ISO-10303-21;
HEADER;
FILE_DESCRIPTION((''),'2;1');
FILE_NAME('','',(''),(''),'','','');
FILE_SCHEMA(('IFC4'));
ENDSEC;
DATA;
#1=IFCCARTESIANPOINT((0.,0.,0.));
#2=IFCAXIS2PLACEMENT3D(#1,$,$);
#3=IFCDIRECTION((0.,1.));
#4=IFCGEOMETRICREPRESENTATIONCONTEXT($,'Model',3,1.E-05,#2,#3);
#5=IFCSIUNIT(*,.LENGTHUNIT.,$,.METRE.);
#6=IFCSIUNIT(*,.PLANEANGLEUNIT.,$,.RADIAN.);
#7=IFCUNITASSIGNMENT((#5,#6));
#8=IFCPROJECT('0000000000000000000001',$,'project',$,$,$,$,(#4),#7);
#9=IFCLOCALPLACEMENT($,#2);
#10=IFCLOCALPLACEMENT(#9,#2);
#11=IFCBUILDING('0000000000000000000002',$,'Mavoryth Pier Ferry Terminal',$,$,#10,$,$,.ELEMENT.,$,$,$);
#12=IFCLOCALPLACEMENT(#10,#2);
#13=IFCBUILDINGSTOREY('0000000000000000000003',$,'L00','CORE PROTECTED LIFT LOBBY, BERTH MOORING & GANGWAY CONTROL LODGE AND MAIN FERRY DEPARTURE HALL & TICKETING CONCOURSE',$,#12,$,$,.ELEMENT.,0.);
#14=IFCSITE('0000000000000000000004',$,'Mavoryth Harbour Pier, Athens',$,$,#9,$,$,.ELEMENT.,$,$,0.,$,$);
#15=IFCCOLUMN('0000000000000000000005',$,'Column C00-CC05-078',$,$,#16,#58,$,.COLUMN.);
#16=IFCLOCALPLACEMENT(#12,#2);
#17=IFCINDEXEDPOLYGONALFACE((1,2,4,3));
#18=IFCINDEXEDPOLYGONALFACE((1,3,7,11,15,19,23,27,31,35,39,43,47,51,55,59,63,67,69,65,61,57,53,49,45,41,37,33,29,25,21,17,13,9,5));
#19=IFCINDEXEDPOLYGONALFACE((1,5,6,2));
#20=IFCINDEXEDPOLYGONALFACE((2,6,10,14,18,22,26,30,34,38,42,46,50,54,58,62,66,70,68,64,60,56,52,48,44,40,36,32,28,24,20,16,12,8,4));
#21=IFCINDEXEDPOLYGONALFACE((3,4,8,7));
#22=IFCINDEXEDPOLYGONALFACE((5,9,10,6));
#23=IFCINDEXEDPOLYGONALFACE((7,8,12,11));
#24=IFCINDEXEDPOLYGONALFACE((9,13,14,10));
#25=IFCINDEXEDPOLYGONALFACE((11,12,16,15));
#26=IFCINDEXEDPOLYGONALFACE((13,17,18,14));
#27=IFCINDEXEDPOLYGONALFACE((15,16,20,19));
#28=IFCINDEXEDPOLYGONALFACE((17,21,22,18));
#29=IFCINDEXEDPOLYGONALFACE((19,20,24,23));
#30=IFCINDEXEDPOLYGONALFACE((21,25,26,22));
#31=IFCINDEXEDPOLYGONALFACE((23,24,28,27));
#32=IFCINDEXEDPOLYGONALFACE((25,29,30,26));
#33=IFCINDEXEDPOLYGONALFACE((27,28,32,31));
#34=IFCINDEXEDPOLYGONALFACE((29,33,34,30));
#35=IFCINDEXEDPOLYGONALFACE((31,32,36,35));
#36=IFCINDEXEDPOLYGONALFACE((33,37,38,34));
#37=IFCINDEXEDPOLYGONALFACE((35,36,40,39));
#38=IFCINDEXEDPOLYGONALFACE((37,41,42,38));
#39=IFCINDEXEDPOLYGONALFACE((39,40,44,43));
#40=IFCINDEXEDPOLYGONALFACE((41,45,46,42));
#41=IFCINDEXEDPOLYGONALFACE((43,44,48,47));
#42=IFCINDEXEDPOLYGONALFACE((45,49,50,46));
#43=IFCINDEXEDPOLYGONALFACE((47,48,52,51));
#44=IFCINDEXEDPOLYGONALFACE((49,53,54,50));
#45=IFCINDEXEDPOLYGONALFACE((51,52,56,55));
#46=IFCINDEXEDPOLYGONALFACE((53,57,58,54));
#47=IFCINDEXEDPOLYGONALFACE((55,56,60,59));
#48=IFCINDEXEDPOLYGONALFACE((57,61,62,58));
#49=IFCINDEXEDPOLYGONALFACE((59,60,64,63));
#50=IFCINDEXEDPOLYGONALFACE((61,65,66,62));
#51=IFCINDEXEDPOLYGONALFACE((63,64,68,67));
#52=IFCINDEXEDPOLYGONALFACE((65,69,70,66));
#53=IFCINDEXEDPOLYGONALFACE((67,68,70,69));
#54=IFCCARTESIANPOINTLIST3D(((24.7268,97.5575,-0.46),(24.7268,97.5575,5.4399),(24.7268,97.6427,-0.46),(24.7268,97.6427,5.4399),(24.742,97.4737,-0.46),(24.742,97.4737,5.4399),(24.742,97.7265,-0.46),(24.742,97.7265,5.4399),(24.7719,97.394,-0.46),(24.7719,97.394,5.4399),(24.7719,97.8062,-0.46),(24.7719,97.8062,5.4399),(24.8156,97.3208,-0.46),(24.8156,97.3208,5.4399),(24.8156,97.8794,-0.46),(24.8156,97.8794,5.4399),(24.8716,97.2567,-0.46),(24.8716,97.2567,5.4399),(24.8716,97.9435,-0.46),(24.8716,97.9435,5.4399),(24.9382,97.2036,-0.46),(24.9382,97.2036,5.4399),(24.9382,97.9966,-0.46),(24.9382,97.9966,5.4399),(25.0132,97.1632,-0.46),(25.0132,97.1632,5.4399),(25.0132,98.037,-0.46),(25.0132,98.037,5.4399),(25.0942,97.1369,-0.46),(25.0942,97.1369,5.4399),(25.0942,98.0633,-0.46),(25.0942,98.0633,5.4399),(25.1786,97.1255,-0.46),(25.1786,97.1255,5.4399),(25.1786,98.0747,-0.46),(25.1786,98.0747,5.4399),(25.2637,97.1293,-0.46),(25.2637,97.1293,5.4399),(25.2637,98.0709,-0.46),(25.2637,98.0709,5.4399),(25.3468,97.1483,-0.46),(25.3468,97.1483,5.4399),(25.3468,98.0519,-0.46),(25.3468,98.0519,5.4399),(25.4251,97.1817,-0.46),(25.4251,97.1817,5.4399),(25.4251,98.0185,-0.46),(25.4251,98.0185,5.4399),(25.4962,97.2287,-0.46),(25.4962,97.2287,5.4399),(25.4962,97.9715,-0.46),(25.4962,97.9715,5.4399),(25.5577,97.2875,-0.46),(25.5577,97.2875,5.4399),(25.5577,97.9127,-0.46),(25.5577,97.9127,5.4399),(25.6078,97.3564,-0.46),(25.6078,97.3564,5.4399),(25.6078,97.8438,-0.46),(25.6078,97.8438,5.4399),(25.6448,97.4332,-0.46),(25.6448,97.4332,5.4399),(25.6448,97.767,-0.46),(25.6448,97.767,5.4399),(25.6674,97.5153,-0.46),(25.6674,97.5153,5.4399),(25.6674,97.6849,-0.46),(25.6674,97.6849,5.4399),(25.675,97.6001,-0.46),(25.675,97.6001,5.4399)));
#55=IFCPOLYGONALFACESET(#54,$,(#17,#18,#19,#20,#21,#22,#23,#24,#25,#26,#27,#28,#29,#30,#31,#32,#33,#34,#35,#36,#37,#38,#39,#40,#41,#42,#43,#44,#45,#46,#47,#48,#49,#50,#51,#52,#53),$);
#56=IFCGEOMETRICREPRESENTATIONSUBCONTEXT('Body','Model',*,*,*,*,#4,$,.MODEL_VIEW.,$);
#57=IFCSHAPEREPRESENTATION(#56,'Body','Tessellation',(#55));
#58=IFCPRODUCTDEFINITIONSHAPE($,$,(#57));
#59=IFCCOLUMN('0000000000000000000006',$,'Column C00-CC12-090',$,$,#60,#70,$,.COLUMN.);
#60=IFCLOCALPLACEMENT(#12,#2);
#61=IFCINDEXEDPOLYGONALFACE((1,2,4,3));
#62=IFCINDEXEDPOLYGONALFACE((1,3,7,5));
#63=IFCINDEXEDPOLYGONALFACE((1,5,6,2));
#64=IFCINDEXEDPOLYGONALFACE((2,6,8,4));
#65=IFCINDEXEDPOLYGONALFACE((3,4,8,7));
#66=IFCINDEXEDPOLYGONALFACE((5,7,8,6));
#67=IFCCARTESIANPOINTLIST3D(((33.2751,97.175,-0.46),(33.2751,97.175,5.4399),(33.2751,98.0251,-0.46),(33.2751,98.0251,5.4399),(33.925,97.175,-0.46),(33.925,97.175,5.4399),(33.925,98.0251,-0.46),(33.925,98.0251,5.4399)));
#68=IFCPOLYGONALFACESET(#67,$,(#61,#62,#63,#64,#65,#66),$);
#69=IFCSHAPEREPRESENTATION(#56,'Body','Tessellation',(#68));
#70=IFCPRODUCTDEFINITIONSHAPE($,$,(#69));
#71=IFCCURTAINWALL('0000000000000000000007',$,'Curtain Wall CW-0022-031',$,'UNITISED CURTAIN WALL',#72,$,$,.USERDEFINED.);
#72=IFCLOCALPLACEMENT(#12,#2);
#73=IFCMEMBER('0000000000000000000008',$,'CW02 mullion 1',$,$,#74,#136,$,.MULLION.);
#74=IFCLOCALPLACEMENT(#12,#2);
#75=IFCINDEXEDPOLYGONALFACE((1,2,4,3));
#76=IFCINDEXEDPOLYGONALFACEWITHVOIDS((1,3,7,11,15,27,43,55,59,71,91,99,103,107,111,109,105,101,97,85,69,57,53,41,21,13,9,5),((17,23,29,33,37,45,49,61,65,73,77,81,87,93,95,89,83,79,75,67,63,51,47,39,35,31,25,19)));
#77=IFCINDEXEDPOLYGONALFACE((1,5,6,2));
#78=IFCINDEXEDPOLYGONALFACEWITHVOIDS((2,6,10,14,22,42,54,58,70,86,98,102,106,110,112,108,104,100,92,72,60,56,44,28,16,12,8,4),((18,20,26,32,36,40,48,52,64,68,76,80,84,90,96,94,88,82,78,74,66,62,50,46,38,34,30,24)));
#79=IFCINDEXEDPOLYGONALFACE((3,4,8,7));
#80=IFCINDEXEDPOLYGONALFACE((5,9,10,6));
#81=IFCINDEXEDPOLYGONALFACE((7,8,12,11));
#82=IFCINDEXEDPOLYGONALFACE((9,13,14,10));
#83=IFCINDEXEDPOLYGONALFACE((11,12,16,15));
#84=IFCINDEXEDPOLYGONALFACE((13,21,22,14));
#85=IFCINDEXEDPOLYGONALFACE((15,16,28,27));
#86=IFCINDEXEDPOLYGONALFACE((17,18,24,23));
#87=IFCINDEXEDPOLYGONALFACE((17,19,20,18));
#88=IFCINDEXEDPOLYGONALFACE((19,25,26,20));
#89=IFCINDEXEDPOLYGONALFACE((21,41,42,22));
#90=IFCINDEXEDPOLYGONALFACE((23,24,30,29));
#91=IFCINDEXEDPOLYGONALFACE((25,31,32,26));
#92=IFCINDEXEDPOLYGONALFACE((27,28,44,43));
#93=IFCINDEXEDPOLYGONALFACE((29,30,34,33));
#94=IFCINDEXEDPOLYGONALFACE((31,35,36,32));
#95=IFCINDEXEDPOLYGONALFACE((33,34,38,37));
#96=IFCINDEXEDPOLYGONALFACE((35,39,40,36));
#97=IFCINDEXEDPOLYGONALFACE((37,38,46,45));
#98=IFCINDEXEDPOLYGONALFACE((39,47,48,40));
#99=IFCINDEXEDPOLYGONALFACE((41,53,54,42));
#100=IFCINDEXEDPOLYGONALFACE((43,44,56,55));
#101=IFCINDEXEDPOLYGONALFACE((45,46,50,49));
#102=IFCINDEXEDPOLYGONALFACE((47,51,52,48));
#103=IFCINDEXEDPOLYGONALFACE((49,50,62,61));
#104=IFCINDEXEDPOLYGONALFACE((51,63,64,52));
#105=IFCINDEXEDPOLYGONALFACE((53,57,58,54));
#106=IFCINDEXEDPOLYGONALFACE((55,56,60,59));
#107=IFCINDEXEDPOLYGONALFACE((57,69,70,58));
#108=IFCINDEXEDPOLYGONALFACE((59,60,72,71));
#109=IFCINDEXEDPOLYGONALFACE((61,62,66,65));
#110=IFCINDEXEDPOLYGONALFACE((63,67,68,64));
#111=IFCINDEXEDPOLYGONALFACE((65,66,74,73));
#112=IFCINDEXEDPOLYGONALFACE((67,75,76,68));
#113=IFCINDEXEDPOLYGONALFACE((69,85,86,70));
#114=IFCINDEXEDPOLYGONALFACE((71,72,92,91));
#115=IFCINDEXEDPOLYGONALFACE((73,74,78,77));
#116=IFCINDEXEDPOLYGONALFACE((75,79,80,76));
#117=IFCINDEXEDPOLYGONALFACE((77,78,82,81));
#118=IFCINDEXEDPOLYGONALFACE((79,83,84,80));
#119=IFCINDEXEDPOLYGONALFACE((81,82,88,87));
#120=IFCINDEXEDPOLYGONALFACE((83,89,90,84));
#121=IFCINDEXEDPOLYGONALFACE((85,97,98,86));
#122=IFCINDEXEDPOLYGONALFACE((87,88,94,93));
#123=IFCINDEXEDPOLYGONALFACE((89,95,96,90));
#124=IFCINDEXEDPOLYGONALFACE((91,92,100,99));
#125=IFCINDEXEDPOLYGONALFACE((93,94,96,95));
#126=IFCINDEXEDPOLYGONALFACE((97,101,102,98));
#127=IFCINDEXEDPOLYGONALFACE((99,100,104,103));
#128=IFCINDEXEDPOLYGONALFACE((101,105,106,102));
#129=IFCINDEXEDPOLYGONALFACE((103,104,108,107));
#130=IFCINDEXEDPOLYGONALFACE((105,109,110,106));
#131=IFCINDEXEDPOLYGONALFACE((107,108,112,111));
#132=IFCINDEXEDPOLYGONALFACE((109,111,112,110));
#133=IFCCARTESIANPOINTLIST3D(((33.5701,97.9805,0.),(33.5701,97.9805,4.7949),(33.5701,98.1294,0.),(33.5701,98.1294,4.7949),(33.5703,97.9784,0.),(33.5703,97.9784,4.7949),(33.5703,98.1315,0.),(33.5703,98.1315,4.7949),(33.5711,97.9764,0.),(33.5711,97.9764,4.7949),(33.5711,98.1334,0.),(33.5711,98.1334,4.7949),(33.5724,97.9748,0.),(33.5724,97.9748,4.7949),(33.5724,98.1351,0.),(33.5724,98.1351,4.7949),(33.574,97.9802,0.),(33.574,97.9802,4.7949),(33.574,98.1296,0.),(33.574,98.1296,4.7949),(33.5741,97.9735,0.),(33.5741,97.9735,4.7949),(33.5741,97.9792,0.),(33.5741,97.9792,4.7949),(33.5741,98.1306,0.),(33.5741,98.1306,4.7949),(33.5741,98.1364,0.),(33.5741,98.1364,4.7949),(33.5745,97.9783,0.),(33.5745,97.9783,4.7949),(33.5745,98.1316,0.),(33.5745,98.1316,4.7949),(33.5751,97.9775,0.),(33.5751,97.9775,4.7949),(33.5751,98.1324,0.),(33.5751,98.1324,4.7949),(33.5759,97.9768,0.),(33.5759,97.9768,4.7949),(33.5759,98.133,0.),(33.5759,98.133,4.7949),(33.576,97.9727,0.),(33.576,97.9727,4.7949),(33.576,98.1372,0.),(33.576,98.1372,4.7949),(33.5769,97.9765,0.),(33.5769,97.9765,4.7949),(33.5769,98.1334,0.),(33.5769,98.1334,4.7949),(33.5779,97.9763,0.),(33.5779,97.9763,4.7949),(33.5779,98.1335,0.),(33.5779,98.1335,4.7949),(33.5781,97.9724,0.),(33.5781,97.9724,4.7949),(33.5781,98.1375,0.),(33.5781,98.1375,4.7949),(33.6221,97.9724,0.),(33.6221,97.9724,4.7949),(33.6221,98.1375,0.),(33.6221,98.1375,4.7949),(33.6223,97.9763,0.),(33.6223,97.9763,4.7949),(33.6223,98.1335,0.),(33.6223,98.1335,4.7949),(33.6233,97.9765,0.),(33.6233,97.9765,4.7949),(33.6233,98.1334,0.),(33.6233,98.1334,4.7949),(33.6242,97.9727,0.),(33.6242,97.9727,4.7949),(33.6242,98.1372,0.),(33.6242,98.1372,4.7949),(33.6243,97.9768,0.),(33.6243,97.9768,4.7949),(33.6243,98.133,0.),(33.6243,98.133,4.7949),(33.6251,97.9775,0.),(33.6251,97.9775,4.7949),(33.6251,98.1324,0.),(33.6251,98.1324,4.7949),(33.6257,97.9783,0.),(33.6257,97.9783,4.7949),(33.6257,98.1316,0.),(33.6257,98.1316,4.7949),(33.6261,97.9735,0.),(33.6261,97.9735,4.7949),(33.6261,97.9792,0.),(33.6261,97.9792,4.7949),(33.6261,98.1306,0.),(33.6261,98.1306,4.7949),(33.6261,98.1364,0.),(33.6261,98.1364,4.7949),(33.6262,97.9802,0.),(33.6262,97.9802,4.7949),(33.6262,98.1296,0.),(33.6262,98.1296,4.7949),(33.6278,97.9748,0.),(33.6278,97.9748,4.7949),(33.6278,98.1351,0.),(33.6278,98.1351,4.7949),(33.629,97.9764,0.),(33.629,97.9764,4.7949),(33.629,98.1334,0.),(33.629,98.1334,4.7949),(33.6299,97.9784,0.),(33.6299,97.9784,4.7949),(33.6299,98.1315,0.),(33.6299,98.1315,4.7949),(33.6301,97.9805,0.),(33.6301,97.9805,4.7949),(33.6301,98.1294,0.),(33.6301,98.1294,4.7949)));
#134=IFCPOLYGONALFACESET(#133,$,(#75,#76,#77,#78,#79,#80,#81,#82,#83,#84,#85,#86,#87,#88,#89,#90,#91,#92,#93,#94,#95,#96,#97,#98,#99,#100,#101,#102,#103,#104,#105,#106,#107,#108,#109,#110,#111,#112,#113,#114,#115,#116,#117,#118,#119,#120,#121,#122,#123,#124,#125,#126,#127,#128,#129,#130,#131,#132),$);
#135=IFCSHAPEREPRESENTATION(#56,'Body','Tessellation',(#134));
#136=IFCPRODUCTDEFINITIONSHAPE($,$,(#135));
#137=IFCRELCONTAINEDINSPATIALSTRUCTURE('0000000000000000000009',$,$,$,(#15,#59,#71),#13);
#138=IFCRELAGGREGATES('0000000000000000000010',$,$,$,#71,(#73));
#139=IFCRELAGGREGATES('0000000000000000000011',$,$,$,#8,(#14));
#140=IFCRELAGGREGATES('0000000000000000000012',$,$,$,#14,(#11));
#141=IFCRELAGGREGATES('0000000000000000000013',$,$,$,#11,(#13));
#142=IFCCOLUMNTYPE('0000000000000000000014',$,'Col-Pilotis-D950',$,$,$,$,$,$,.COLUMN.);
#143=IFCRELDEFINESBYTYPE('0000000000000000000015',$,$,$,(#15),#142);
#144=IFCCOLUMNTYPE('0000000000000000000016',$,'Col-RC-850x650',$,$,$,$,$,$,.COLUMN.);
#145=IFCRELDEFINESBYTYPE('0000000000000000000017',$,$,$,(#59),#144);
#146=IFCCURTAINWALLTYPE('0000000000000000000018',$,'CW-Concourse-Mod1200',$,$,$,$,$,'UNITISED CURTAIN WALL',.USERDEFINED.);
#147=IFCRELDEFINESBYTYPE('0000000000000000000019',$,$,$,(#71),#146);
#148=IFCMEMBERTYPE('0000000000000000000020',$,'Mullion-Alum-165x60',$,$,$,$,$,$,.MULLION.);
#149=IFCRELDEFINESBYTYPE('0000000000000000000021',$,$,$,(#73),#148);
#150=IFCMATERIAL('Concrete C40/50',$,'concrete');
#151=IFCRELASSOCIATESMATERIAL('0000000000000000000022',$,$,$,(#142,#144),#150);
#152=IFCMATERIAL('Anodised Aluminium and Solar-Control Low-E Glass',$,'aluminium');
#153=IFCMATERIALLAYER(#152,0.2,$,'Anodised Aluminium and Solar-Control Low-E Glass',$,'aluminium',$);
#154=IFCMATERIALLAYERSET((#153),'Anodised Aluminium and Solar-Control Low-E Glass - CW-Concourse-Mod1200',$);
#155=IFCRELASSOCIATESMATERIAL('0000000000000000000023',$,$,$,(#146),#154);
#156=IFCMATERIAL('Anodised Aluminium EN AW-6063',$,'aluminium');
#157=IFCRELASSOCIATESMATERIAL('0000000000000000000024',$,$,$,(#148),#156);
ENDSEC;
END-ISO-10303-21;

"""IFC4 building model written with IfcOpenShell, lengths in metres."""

from ifc_helpers import new_model, si_unit, direction, frame, origin, origin_2d, place, context, subcontext, project, spatial, rectangle, hollow_rectangle, circle, extrude, material, layer, layer_set, material_profile, profile_set, type_object, element, aggregate, save


model = new_model("IFC4")

# Units and contexts
model_context = context("Model", 3, precision=1e-05, world=origin(), true_north=direction((0.0, 1.0)))
body_context = subcontext(model_context, "Body", "Model", "MODEL_VIEW")
ifc_project = project(units=[si_unit("LENGTHUNIT", "METRE"), si_unit("PLANEANGLEUNIT", "RADIAN")], contexts=[model_context])

# Site, building, storey
site_placement = place(None, origin())
site = spatial("IfcSite", under=ifc_project, at=site_placement, Name="Mavoryth Harbour Pier, Athens", CompositionType="ELEMENT", RefElevation=0.0)
building_placement = place(site_placement, origin())
building = spatial("IfcBuilding", under=site, at=building_placement, Name="Mavoryth Pier Ferry Terminal", CompositionType="ELEMENT")
storey_placement = place(building_placement, origin())
storey = spatial("IfcBuildingStorey", under=building, at=storey_placement, Name="L00", Description="CORE PROTECTED LIFT LOBBY, BERTH MOORING & GANGWAY CONTROL LODGE AND MAIN FERRY DEPARTURE HALL & TICKETING CONCOURSE", CompositionType="ELEMENT", Elevation=0.0)

# Columns
ifc_material_1 = material(Name="Concrete C40/50", Category="concrete")
ifc_material_profile_1 = material_profile(ifc_material_1, circle(Radius=0.4751, at=origin_2d()), Name="RC D950", Category="concrete")
ifc_profile_set_1 = profile_set([ifc_material_profile_1], Name="Concrete C40/50 - RC D950")
column_type_1 = type_object("IfcColumnType", Name="Col-Pilotis-D950", PredefinedType="COLUMN", material=ifc_profile_set_1)
column_1_placement = place(storey_placement, frame((25.2, 97.6001, -0.46), z_axis=(0.0, 0.0, 1.0), x_axis=(1.0, 0.0, 0.0)))
element("IfcColumn", 1, at=column_1_placement, inside=storey, type_object=column_type_1, Name="Column C00-CC05-078", PredefinedType="COLUMN", context=body_context, shape_type="SweptSolid", body=[
    extrude(circle(Radius=0.4751, at=origin_2d()), origin(), (0.0, 0.0, 1.0), 5.8999),
])
ifc_material_profile_2 = material_profile(ifc_material_1, rectangle(XDim=0.6499, YDim=0.8501, at=origin_2d()), Name="RC 850x650", Category="concrete")
ifc_profile_set_2 = profile_set([ifc_material_profile_2], Name="Concrete C40/50 - RC 850x650")
column_type_2 = type_object("IfcColumnType", Name="Col-RC-850x650", PredefinedType="COLUMN", material=ifc_profile_set_2)
column_2_placement = place(storey_placement, frame((33.6001, 97.6001, -0.46), z_axis=(0.0, 0.0, 1.0), x_axis=(1.0, 0.0, 0.0)))
element("IfcColumn", 2, at=column_2_placement, inside=storey, type_object=column_type_2, Name="Column C00-CC12-090", PredefinedType="COLUMN", context=body_context, shape_type="SweptSolid", body=[
    extrude(rectangle(XDim=0.6499, YDim=0.8501, at=origin_2d()), origin(), (0.0, 0.0, 1.0), 5.8999),
])

# Curtain wall, member
ifc_material_2 = material(Name="Anodised Aluminium and Solar-Control Low-E Glass", Category="aluminium")
ifc_layer_1 = layer(ifc_material_2, 0.2, Name="Anodised Aluminium and Solar-Control Low-E Glass", Category="aluminium")
ifc_layer_set_1 = layer_set([ifc_layer_1], Name="Anodised Aluminium and Solar-Control Low-E Glass - CW-Concourse-Mod1200")
curtain_wall_type = type_object("IfcCurtainWallType", Name="CW-Concourse-Mod1200", ElementType="UNITISED CURTAIN WALL", PredefinedType="USERDEFINED", material=ifc_layer_set_1)
curtain_wall_placement = place(storey_placement, origin())
curtain_wall = element("IfcCurtainWall", 3, at=curtain_wall_placement, inside=storey, type_object=curtain_wall_type, Name="Curtain Wall CW-0022-031", ObjectType="UNITISED CURTAIN WALL", PredefinedType="USERDEFINED")
ifc_material_3 = material(Name="Anodised Aluminium EN AW-6063", Category="aluminium")
ifc_material_profile_3 = material_profile(ifc_material_3, hollow_rectangle(XDim=0.0601, YDim=0.165, WallThickness=0.0039, InnerFilletRadius=0.0039, OuterFilletRadius=0.0081, at=origin_2d()), Name="AL-MULL 165x60x4", Category="aluminium")
ifc_profile_set_3 = profile_set([ifc_material_profile_3], Name="Anodised Aluminium EN AW-6063 - AL-MULL 165x60x4")
member_type_1 = type_object("IfcMemberType", Name="Mullion-Alum-165x60", PredefinedType="MULLION", material=ifc_profile_set_3)
member_1_placement = place(storey_placement, frame((33.6001, 98.0549, 0.0), z_axis=(0.0, 0.0, 1.0), x_axis=(-1.0, 0.0, 0.0)))
member_1 = element("IfcMember", 4, at=member_1_placement, type_object=member_type_1, Name="CW02 mullion 1", PredefinedType="MULLION", context=body_context, shape_type="SweptSolid", body=[
    extrude(hollow_rectangle(XDim=0.0601, YDim=0.165, WallThickness=0.0039, InnerFilletRadius=0.0039, OuterFilletRadius=0.0081, at=origin_2d()), origin(), (0.0, 0.0, 1.0), 4.7949),
])
aggregate(curtain_wall, [member_1])

save(model, "model.ifc")
